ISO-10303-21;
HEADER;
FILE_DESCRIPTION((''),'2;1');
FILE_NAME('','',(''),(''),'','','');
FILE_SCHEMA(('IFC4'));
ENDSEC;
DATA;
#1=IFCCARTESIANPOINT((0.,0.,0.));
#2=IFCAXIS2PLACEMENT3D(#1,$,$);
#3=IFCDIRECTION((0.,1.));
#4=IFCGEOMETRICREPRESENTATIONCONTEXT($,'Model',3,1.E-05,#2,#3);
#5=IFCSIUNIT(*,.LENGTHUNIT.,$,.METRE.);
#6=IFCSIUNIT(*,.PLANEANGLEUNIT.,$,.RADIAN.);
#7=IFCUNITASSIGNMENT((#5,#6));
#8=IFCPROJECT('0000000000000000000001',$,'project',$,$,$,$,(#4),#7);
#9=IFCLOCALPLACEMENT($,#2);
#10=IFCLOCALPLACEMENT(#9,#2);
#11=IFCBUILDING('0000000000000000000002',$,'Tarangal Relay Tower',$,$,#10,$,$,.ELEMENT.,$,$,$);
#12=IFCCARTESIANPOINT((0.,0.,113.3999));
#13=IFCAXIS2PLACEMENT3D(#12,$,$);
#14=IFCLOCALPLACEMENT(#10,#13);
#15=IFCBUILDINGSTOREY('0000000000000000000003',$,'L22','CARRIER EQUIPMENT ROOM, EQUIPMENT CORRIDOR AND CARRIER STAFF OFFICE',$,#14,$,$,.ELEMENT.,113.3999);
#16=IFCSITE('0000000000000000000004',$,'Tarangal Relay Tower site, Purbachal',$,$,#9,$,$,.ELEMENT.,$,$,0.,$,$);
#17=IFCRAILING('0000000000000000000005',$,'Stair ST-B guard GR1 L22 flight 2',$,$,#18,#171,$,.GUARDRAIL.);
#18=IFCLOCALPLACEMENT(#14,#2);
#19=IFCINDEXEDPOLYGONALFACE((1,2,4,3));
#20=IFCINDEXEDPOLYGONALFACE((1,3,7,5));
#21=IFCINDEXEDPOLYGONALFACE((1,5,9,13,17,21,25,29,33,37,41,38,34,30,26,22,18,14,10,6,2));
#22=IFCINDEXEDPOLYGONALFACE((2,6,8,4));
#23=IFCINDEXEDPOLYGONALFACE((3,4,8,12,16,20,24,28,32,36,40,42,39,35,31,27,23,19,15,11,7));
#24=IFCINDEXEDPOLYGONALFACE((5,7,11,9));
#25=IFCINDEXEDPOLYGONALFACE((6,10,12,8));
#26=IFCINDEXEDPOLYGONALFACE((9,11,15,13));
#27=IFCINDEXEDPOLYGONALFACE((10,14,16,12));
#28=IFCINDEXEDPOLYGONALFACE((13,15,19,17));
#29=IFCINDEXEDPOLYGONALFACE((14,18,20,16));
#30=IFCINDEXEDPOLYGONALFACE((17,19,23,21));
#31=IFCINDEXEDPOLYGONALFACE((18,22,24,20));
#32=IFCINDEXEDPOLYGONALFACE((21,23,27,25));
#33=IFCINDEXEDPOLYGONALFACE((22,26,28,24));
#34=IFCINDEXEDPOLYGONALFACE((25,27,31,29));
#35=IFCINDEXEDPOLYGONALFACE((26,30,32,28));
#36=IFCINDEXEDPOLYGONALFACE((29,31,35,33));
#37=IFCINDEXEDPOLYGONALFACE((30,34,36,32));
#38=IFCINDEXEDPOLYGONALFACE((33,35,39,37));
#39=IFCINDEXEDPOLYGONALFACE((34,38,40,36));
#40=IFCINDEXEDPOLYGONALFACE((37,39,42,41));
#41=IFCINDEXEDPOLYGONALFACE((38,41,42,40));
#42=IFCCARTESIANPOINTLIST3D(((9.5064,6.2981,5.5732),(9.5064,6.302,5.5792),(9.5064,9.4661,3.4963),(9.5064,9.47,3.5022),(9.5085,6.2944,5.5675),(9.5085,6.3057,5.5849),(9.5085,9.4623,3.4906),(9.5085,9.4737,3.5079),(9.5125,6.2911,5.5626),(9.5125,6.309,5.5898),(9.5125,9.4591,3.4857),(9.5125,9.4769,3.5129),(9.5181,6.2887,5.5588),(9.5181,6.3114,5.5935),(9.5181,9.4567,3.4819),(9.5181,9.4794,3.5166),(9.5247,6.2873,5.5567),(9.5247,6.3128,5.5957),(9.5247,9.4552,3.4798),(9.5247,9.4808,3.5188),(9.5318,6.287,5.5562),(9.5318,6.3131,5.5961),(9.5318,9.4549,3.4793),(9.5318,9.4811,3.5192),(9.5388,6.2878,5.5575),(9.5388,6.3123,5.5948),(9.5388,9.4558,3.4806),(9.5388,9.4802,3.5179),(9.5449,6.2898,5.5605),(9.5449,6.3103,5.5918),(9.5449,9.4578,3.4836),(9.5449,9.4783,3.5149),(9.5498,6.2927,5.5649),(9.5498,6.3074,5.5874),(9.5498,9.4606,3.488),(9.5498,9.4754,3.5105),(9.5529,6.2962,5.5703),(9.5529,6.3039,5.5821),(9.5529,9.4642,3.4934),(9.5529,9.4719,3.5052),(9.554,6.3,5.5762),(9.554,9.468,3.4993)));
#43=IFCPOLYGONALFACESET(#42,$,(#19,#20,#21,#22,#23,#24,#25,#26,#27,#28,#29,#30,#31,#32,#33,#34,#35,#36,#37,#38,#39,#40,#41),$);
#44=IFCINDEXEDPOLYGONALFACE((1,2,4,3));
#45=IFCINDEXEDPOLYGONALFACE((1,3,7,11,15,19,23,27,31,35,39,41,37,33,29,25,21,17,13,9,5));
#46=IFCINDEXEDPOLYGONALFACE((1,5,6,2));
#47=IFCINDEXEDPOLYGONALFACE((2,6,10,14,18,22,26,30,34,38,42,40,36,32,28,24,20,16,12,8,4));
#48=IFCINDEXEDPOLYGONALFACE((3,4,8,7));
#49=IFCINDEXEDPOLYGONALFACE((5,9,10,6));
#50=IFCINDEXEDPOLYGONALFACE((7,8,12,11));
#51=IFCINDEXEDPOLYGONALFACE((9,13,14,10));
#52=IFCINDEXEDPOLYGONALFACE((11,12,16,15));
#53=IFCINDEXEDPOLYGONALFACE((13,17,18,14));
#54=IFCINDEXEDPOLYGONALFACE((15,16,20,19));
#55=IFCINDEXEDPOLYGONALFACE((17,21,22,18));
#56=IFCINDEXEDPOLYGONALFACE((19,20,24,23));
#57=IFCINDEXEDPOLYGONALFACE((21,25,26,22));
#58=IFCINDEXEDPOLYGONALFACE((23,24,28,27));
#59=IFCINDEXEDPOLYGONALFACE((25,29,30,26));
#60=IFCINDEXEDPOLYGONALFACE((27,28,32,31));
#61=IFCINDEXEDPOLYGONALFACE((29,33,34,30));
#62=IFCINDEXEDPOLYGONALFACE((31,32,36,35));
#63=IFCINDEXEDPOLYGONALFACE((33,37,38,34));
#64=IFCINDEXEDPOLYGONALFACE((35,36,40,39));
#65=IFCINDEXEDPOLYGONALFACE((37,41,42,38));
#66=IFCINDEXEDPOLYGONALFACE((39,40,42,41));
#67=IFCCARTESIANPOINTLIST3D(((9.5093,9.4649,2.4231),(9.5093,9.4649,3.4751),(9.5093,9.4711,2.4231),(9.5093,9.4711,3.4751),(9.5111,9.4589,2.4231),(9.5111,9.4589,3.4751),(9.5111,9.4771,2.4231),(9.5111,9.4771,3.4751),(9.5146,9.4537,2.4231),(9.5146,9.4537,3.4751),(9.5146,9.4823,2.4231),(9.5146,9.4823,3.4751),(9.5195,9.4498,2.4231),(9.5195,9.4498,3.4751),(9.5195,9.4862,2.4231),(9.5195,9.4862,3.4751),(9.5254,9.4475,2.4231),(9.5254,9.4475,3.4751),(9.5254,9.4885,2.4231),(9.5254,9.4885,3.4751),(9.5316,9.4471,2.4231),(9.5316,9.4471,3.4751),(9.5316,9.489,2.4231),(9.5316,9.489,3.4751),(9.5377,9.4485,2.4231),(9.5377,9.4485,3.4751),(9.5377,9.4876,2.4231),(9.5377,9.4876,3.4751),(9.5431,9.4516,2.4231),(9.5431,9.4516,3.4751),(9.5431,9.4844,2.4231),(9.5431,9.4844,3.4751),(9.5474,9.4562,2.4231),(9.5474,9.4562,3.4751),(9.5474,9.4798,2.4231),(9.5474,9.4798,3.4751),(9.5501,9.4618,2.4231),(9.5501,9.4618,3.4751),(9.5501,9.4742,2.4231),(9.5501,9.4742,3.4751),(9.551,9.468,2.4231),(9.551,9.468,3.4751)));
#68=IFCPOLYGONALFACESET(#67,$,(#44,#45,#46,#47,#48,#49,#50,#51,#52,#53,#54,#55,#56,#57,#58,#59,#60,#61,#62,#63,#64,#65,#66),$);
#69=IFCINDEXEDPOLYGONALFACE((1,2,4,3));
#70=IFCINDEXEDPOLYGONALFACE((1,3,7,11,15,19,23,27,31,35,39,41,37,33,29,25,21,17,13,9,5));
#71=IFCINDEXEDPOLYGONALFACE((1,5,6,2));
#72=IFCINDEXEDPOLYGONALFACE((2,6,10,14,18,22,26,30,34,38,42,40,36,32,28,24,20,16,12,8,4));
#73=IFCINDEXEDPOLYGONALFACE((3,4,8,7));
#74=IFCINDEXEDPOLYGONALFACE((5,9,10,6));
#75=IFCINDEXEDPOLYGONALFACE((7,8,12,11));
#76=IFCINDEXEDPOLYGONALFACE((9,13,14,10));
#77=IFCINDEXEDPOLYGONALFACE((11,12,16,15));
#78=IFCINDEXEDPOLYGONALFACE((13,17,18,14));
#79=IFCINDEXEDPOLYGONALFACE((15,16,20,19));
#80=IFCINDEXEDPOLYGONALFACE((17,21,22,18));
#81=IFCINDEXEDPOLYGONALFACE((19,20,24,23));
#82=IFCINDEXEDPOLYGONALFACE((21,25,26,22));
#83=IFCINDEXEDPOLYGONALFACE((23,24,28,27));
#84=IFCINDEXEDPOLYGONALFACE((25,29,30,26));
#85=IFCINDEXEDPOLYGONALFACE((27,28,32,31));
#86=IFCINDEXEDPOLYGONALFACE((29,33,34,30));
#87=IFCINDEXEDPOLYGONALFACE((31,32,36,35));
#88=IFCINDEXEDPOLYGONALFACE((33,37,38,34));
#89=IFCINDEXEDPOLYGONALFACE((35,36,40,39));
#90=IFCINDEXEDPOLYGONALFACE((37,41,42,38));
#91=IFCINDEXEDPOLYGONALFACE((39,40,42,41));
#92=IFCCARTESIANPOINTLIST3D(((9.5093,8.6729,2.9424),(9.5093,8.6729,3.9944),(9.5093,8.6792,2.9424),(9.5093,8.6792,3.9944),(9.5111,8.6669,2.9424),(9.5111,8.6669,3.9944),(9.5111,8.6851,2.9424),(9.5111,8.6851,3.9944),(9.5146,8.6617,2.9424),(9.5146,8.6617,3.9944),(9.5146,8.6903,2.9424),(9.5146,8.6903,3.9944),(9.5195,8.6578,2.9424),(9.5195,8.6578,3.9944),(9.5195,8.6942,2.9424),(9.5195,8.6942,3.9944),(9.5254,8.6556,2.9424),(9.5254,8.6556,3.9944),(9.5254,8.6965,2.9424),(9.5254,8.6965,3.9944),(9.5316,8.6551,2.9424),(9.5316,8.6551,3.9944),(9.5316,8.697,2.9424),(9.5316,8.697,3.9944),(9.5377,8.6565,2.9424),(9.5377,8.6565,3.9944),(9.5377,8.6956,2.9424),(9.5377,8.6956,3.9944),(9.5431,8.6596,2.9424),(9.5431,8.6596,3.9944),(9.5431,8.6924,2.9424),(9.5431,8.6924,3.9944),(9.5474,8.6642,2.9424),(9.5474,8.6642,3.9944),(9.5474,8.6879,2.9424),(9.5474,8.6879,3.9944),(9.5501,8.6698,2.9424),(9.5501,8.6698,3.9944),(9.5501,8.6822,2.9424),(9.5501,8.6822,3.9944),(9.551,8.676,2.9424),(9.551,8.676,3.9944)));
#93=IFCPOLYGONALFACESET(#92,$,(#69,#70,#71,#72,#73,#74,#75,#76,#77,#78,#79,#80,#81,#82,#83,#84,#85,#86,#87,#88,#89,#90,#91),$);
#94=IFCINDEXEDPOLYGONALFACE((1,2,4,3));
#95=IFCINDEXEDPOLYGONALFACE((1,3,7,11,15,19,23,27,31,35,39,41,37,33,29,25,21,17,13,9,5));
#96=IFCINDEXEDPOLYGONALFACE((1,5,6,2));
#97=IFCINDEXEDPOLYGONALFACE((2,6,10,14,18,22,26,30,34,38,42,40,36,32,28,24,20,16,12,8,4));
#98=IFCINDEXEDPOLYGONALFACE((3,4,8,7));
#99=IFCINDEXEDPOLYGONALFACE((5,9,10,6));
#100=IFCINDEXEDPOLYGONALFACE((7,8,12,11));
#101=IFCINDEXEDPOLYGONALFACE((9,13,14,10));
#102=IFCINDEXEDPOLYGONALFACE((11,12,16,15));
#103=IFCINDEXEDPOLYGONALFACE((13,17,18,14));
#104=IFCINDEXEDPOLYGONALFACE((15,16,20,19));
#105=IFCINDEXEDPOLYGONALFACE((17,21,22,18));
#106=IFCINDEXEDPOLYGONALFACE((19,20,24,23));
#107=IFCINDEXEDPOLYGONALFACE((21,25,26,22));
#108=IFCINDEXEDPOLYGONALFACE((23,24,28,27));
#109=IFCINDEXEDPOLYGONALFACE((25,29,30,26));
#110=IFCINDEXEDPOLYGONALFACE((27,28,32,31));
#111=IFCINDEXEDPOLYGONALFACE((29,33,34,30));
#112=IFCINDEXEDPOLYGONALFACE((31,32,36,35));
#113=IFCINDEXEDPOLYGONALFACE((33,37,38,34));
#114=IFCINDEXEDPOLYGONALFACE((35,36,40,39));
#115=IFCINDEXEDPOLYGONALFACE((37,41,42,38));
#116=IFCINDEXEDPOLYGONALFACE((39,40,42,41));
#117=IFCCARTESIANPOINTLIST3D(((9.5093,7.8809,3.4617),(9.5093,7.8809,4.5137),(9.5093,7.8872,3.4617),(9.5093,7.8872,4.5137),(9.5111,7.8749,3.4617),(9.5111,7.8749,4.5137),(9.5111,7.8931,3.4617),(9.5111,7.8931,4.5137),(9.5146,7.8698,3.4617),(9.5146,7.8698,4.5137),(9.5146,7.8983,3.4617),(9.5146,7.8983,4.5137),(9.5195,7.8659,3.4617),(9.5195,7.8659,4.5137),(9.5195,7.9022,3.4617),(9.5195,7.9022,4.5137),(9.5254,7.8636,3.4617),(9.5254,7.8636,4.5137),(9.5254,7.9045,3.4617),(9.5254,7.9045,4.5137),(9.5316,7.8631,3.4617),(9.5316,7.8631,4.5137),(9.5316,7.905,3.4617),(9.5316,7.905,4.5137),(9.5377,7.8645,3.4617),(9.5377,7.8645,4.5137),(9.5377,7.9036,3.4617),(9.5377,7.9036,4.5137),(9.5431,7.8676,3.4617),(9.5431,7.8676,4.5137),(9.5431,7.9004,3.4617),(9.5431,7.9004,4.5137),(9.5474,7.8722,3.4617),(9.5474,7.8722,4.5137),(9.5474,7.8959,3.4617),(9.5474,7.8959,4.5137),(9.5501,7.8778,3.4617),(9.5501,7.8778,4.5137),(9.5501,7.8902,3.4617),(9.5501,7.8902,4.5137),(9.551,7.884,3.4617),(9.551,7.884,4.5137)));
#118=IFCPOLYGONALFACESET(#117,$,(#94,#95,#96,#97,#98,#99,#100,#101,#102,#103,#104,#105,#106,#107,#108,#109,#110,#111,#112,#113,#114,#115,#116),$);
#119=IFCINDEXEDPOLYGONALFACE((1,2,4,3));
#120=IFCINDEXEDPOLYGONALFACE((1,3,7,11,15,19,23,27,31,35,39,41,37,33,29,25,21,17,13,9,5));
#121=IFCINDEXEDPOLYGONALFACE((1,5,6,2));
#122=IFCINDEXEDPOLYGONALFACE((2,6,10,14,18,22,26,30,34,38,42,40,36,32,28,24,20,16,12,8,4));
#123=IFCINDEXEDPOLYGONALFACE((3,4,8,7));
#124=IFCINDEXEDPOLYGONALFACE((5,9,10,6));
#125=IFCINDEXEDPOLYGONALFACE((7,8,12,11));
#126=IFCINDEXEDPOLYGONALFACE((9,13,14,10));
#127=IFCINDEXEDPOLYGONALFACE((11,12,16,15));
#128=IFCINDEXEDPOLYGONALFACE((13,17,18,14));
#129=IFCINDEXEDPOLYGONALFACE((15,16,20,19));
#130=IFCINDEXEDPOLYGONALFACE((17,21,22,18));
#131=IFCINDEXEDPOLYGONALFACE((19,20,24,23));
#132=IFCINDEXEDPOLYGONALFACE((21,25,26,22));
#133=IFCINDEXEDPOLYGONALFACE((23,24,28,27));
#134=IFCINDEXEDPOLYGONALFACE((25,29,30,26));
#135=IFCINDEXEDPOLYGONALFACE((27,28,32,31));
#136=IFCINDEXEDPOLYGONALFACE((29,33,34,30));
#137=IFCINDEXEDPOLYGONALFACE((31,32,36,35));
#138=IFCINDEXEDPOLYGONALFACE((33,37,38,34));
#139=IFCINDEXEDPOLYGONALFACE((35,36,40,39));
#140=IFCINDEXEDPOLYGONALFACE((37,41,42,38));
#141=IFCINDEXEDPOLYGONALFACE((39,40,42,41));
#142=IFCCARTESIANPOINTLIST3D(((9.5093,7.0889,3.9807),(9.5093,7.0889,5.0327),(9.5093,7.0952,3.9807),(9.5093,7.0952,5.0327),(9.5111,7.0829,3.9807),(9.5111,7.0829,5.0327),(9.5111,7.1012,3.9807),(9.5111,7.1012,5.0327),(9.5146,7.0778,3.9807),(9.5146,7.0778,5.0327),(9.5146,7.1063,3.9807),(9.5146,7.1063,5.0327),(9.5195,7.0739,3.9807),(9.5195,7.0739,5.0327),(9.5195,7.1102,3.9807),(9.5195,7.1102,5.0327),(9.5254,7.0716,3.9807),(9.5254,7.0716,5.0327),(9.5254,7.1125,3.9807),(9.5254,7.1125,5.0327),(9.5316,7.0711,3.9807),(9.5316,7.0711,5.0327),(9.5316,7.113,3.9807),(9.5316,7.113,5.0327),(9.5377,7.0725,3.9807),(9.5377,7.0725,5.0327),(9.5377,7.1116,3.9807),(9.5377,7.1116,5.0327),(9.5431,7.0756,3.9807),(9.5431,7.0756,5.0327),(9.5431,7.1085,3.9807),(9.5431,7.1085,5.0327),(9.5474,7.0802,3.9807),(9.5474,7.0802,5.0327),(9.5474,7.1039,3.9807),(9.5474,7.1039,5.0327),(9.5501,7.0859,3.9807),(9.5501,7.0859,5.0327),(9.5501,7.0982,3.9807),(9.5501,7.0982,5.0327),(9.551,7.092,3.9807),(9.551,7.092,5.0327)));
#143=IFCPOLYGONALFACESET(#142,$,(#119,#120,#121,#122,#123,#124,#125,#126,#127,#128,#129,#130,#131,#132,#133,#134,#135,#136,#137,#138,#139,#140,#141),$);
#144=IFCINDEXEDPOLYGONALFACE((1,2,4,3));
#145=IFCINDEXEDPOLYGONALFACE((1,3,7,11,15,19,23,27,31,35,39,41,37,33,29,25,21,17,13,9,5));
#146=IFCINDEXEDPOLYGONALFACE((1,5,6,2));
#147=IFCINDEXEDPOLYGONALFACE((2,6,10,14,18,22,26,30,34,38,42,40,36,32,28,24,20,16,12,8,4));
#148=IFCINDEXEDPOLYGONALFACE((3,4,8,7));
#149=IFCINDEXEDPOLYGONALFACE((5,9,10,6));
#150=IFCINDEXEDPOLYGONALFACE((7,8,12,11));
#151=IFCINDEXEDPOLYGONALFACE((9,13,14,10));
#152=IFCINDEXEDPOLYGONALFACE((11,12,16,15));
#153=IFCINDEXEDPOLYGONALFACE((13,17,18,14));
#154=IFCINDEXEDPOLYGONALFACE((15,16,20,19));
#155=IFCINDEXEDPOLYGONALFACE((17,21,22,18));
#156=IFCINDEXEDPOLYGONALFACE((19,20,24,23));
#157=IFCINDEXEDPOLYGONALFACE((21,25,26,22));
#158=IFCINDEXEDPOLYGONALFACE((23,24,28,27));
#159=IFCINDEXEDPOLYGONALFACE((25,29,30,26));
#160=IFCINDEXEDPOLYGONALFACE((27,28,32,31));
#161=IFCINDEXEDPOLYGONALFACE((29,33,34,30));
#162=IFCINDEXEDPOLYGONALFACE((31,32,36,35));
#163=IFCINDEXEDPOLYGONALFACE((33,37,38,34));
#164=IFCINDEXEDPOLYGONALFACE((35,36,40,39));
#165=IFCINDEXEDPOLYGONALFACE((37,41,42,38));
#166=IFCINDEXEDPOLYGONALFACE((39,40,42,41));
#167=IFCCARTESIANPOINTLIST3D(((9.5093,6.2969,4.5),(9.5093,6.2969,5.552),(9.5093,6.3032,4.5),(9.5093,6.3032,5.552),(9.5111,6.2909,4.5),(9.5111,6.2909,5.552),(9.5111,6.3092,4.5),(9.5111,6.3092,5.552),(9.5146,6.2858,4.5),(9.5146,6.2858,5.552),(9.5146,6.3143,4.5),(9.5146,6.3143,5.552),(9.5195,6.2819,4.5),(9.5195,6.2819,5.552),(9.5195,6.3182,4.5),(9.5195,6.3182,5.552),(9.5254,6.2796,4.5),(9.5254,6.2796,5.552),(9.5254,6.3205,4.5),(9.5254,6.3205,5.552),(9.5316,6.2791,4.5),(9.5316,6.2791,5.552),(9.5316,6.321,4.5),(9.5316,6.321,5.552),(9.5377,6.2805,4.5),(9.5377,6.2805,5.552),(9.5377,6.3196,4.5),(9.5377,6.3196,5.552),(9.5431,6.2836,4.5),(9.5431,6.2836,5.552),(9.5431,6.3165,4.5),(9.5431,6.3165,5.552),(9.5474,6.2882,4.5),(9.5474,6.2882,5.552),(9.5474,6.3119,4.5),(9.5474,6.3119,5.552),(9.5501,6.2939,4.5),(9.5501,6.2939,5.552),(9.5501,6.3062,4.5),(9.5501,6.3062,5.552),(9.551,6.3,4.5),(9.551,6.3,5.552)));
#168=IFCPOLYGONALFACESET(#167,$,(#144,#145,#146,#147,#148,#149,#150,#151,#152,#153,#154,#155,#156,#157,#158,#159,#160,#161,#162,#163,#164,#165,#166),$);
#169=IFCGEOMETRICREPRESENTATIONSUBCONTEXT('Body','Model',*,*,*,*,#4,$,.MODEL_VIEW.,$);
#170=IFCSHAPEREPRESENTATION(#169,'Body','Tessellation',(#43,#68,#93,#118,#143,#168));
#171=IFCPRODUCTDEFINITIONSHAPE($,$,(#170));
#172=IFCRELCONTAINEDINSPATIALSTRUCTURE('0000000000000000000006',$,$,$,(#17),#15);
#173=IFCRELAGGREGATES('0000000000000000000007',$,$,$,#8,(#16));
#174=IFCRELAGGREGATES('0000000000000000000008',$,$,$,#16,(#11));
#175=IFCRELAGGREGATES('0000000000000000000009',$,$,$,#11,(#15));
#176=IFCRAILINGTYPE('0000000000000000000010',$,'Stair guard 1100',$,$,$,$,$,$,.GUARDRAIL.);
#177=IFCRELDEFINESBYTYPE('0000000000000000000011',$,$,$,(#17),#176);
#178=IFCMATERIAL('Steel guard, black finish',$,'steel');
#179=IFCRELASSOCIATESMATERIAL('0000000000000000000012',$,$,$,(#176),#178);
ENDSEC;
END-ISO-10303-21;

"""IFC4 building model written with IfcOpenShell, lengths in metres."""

from ifc_helpers import new_model, si_unit, direction, frame, origin, origin_2d, place, context, subcontext, project, spatial, circle, extrude, material, type_object, element, save


model = new_model("IFC4")

# Units and contexts
model_context = context("Model", 3, precision=1e-05, world=origin(), true_north=direction((0.0, 1.0)))
body_context = subcontext(model_context, "Body", "Model", "MODEL_VIEW")
ifc_project = project(units=[si_unit("LENGTHUNIT", "METRE"), si_unit("PLANEANGLEUNIT", "RADIAN")], contexts=[model_context])

# Site, building, storey
site_placement = place(None, origin())
site = spatial("IfcSite", under=ifc_project, at=site_placement, Name="Tarangal Relay Tower site, Purbachal", CompositionType="ELEMENT", RefElevation=0.0)
building_placement = place(site_placement, origin())
building = spatial("IfcBuilding", under=site, at=building_placement, Name="Tarangal Relay Tower", CompositionType="ELEMENT")
storey_placement = place(building_placement, frame((0.0, 0.0, 113.3999)))
storey = spatial("IfcBuildingStorey", under=building, at=storey_placement, Name="L22", Description="CARRIER EQUIPMENT ROOM, EQUIPMENT CORRIDOR AND CARRIER STAFF OFFICE", CompositionType="ELEMENT", Elevation=113.3999)

# Railing
ifc_material_1 = material(Name="Steel guard, black finish", Category="steel")
railing_type_1 = type_object("IfcRailingType", Name="Stair guard 1100", PredefinedType="GUARDRAIL", material=ifc_material_1)
railing_1_placement = place(storey_placement, frame((9.53, 9.468, 2.4231)))
element("IfcRailing", 1, at=railing_1_placement, inside=storey, type_object=railing_type_1, Name="Stair ST-B guard GR1 L22 flight 2", PredefinedType="GUARDRAIL", context=body_context, shape_type="SweptSolid", body=[
    extrude(circle(Radius=0.0239, at=origin_2d()), frame((0.0, 0.0, 1.0762), z_axis=(0.0, -0.836299, 0.548273), x_axis=(1.0, 0.0, 0.0)), (0.0, 0.0, 1.0), 3.7881),
    extrude(circle(Radius=0.021, at=origin_2d()), origin(), (0.0, 0.0, 1.0), 1.052),
    extrude(circle(Radius=0.021, at=origin_2d()), frame((0.0, -0.792, 0.5193)), (0.0, 0.0, 1.0), 1.052),
    extrude(circle(Radius=0.021, at=origin_2d()), frame((0.0, -1.584, 1.0386)), (0.0, 0.0, 1.0), 1.052),
    extrude(circle(Radius=0.021, at=origin_2d()), frame((0.0, -2.376, 1.5576)), (0.0, 0.0, 1.0), 1.052),
    extrude(circle(Radius=0.021, at=origin_2d()), frame((0.0, -3.168, 2.0769)), (0.0, 0.0, 1.0), 1.052),
])

save(model, "model.ifc")
